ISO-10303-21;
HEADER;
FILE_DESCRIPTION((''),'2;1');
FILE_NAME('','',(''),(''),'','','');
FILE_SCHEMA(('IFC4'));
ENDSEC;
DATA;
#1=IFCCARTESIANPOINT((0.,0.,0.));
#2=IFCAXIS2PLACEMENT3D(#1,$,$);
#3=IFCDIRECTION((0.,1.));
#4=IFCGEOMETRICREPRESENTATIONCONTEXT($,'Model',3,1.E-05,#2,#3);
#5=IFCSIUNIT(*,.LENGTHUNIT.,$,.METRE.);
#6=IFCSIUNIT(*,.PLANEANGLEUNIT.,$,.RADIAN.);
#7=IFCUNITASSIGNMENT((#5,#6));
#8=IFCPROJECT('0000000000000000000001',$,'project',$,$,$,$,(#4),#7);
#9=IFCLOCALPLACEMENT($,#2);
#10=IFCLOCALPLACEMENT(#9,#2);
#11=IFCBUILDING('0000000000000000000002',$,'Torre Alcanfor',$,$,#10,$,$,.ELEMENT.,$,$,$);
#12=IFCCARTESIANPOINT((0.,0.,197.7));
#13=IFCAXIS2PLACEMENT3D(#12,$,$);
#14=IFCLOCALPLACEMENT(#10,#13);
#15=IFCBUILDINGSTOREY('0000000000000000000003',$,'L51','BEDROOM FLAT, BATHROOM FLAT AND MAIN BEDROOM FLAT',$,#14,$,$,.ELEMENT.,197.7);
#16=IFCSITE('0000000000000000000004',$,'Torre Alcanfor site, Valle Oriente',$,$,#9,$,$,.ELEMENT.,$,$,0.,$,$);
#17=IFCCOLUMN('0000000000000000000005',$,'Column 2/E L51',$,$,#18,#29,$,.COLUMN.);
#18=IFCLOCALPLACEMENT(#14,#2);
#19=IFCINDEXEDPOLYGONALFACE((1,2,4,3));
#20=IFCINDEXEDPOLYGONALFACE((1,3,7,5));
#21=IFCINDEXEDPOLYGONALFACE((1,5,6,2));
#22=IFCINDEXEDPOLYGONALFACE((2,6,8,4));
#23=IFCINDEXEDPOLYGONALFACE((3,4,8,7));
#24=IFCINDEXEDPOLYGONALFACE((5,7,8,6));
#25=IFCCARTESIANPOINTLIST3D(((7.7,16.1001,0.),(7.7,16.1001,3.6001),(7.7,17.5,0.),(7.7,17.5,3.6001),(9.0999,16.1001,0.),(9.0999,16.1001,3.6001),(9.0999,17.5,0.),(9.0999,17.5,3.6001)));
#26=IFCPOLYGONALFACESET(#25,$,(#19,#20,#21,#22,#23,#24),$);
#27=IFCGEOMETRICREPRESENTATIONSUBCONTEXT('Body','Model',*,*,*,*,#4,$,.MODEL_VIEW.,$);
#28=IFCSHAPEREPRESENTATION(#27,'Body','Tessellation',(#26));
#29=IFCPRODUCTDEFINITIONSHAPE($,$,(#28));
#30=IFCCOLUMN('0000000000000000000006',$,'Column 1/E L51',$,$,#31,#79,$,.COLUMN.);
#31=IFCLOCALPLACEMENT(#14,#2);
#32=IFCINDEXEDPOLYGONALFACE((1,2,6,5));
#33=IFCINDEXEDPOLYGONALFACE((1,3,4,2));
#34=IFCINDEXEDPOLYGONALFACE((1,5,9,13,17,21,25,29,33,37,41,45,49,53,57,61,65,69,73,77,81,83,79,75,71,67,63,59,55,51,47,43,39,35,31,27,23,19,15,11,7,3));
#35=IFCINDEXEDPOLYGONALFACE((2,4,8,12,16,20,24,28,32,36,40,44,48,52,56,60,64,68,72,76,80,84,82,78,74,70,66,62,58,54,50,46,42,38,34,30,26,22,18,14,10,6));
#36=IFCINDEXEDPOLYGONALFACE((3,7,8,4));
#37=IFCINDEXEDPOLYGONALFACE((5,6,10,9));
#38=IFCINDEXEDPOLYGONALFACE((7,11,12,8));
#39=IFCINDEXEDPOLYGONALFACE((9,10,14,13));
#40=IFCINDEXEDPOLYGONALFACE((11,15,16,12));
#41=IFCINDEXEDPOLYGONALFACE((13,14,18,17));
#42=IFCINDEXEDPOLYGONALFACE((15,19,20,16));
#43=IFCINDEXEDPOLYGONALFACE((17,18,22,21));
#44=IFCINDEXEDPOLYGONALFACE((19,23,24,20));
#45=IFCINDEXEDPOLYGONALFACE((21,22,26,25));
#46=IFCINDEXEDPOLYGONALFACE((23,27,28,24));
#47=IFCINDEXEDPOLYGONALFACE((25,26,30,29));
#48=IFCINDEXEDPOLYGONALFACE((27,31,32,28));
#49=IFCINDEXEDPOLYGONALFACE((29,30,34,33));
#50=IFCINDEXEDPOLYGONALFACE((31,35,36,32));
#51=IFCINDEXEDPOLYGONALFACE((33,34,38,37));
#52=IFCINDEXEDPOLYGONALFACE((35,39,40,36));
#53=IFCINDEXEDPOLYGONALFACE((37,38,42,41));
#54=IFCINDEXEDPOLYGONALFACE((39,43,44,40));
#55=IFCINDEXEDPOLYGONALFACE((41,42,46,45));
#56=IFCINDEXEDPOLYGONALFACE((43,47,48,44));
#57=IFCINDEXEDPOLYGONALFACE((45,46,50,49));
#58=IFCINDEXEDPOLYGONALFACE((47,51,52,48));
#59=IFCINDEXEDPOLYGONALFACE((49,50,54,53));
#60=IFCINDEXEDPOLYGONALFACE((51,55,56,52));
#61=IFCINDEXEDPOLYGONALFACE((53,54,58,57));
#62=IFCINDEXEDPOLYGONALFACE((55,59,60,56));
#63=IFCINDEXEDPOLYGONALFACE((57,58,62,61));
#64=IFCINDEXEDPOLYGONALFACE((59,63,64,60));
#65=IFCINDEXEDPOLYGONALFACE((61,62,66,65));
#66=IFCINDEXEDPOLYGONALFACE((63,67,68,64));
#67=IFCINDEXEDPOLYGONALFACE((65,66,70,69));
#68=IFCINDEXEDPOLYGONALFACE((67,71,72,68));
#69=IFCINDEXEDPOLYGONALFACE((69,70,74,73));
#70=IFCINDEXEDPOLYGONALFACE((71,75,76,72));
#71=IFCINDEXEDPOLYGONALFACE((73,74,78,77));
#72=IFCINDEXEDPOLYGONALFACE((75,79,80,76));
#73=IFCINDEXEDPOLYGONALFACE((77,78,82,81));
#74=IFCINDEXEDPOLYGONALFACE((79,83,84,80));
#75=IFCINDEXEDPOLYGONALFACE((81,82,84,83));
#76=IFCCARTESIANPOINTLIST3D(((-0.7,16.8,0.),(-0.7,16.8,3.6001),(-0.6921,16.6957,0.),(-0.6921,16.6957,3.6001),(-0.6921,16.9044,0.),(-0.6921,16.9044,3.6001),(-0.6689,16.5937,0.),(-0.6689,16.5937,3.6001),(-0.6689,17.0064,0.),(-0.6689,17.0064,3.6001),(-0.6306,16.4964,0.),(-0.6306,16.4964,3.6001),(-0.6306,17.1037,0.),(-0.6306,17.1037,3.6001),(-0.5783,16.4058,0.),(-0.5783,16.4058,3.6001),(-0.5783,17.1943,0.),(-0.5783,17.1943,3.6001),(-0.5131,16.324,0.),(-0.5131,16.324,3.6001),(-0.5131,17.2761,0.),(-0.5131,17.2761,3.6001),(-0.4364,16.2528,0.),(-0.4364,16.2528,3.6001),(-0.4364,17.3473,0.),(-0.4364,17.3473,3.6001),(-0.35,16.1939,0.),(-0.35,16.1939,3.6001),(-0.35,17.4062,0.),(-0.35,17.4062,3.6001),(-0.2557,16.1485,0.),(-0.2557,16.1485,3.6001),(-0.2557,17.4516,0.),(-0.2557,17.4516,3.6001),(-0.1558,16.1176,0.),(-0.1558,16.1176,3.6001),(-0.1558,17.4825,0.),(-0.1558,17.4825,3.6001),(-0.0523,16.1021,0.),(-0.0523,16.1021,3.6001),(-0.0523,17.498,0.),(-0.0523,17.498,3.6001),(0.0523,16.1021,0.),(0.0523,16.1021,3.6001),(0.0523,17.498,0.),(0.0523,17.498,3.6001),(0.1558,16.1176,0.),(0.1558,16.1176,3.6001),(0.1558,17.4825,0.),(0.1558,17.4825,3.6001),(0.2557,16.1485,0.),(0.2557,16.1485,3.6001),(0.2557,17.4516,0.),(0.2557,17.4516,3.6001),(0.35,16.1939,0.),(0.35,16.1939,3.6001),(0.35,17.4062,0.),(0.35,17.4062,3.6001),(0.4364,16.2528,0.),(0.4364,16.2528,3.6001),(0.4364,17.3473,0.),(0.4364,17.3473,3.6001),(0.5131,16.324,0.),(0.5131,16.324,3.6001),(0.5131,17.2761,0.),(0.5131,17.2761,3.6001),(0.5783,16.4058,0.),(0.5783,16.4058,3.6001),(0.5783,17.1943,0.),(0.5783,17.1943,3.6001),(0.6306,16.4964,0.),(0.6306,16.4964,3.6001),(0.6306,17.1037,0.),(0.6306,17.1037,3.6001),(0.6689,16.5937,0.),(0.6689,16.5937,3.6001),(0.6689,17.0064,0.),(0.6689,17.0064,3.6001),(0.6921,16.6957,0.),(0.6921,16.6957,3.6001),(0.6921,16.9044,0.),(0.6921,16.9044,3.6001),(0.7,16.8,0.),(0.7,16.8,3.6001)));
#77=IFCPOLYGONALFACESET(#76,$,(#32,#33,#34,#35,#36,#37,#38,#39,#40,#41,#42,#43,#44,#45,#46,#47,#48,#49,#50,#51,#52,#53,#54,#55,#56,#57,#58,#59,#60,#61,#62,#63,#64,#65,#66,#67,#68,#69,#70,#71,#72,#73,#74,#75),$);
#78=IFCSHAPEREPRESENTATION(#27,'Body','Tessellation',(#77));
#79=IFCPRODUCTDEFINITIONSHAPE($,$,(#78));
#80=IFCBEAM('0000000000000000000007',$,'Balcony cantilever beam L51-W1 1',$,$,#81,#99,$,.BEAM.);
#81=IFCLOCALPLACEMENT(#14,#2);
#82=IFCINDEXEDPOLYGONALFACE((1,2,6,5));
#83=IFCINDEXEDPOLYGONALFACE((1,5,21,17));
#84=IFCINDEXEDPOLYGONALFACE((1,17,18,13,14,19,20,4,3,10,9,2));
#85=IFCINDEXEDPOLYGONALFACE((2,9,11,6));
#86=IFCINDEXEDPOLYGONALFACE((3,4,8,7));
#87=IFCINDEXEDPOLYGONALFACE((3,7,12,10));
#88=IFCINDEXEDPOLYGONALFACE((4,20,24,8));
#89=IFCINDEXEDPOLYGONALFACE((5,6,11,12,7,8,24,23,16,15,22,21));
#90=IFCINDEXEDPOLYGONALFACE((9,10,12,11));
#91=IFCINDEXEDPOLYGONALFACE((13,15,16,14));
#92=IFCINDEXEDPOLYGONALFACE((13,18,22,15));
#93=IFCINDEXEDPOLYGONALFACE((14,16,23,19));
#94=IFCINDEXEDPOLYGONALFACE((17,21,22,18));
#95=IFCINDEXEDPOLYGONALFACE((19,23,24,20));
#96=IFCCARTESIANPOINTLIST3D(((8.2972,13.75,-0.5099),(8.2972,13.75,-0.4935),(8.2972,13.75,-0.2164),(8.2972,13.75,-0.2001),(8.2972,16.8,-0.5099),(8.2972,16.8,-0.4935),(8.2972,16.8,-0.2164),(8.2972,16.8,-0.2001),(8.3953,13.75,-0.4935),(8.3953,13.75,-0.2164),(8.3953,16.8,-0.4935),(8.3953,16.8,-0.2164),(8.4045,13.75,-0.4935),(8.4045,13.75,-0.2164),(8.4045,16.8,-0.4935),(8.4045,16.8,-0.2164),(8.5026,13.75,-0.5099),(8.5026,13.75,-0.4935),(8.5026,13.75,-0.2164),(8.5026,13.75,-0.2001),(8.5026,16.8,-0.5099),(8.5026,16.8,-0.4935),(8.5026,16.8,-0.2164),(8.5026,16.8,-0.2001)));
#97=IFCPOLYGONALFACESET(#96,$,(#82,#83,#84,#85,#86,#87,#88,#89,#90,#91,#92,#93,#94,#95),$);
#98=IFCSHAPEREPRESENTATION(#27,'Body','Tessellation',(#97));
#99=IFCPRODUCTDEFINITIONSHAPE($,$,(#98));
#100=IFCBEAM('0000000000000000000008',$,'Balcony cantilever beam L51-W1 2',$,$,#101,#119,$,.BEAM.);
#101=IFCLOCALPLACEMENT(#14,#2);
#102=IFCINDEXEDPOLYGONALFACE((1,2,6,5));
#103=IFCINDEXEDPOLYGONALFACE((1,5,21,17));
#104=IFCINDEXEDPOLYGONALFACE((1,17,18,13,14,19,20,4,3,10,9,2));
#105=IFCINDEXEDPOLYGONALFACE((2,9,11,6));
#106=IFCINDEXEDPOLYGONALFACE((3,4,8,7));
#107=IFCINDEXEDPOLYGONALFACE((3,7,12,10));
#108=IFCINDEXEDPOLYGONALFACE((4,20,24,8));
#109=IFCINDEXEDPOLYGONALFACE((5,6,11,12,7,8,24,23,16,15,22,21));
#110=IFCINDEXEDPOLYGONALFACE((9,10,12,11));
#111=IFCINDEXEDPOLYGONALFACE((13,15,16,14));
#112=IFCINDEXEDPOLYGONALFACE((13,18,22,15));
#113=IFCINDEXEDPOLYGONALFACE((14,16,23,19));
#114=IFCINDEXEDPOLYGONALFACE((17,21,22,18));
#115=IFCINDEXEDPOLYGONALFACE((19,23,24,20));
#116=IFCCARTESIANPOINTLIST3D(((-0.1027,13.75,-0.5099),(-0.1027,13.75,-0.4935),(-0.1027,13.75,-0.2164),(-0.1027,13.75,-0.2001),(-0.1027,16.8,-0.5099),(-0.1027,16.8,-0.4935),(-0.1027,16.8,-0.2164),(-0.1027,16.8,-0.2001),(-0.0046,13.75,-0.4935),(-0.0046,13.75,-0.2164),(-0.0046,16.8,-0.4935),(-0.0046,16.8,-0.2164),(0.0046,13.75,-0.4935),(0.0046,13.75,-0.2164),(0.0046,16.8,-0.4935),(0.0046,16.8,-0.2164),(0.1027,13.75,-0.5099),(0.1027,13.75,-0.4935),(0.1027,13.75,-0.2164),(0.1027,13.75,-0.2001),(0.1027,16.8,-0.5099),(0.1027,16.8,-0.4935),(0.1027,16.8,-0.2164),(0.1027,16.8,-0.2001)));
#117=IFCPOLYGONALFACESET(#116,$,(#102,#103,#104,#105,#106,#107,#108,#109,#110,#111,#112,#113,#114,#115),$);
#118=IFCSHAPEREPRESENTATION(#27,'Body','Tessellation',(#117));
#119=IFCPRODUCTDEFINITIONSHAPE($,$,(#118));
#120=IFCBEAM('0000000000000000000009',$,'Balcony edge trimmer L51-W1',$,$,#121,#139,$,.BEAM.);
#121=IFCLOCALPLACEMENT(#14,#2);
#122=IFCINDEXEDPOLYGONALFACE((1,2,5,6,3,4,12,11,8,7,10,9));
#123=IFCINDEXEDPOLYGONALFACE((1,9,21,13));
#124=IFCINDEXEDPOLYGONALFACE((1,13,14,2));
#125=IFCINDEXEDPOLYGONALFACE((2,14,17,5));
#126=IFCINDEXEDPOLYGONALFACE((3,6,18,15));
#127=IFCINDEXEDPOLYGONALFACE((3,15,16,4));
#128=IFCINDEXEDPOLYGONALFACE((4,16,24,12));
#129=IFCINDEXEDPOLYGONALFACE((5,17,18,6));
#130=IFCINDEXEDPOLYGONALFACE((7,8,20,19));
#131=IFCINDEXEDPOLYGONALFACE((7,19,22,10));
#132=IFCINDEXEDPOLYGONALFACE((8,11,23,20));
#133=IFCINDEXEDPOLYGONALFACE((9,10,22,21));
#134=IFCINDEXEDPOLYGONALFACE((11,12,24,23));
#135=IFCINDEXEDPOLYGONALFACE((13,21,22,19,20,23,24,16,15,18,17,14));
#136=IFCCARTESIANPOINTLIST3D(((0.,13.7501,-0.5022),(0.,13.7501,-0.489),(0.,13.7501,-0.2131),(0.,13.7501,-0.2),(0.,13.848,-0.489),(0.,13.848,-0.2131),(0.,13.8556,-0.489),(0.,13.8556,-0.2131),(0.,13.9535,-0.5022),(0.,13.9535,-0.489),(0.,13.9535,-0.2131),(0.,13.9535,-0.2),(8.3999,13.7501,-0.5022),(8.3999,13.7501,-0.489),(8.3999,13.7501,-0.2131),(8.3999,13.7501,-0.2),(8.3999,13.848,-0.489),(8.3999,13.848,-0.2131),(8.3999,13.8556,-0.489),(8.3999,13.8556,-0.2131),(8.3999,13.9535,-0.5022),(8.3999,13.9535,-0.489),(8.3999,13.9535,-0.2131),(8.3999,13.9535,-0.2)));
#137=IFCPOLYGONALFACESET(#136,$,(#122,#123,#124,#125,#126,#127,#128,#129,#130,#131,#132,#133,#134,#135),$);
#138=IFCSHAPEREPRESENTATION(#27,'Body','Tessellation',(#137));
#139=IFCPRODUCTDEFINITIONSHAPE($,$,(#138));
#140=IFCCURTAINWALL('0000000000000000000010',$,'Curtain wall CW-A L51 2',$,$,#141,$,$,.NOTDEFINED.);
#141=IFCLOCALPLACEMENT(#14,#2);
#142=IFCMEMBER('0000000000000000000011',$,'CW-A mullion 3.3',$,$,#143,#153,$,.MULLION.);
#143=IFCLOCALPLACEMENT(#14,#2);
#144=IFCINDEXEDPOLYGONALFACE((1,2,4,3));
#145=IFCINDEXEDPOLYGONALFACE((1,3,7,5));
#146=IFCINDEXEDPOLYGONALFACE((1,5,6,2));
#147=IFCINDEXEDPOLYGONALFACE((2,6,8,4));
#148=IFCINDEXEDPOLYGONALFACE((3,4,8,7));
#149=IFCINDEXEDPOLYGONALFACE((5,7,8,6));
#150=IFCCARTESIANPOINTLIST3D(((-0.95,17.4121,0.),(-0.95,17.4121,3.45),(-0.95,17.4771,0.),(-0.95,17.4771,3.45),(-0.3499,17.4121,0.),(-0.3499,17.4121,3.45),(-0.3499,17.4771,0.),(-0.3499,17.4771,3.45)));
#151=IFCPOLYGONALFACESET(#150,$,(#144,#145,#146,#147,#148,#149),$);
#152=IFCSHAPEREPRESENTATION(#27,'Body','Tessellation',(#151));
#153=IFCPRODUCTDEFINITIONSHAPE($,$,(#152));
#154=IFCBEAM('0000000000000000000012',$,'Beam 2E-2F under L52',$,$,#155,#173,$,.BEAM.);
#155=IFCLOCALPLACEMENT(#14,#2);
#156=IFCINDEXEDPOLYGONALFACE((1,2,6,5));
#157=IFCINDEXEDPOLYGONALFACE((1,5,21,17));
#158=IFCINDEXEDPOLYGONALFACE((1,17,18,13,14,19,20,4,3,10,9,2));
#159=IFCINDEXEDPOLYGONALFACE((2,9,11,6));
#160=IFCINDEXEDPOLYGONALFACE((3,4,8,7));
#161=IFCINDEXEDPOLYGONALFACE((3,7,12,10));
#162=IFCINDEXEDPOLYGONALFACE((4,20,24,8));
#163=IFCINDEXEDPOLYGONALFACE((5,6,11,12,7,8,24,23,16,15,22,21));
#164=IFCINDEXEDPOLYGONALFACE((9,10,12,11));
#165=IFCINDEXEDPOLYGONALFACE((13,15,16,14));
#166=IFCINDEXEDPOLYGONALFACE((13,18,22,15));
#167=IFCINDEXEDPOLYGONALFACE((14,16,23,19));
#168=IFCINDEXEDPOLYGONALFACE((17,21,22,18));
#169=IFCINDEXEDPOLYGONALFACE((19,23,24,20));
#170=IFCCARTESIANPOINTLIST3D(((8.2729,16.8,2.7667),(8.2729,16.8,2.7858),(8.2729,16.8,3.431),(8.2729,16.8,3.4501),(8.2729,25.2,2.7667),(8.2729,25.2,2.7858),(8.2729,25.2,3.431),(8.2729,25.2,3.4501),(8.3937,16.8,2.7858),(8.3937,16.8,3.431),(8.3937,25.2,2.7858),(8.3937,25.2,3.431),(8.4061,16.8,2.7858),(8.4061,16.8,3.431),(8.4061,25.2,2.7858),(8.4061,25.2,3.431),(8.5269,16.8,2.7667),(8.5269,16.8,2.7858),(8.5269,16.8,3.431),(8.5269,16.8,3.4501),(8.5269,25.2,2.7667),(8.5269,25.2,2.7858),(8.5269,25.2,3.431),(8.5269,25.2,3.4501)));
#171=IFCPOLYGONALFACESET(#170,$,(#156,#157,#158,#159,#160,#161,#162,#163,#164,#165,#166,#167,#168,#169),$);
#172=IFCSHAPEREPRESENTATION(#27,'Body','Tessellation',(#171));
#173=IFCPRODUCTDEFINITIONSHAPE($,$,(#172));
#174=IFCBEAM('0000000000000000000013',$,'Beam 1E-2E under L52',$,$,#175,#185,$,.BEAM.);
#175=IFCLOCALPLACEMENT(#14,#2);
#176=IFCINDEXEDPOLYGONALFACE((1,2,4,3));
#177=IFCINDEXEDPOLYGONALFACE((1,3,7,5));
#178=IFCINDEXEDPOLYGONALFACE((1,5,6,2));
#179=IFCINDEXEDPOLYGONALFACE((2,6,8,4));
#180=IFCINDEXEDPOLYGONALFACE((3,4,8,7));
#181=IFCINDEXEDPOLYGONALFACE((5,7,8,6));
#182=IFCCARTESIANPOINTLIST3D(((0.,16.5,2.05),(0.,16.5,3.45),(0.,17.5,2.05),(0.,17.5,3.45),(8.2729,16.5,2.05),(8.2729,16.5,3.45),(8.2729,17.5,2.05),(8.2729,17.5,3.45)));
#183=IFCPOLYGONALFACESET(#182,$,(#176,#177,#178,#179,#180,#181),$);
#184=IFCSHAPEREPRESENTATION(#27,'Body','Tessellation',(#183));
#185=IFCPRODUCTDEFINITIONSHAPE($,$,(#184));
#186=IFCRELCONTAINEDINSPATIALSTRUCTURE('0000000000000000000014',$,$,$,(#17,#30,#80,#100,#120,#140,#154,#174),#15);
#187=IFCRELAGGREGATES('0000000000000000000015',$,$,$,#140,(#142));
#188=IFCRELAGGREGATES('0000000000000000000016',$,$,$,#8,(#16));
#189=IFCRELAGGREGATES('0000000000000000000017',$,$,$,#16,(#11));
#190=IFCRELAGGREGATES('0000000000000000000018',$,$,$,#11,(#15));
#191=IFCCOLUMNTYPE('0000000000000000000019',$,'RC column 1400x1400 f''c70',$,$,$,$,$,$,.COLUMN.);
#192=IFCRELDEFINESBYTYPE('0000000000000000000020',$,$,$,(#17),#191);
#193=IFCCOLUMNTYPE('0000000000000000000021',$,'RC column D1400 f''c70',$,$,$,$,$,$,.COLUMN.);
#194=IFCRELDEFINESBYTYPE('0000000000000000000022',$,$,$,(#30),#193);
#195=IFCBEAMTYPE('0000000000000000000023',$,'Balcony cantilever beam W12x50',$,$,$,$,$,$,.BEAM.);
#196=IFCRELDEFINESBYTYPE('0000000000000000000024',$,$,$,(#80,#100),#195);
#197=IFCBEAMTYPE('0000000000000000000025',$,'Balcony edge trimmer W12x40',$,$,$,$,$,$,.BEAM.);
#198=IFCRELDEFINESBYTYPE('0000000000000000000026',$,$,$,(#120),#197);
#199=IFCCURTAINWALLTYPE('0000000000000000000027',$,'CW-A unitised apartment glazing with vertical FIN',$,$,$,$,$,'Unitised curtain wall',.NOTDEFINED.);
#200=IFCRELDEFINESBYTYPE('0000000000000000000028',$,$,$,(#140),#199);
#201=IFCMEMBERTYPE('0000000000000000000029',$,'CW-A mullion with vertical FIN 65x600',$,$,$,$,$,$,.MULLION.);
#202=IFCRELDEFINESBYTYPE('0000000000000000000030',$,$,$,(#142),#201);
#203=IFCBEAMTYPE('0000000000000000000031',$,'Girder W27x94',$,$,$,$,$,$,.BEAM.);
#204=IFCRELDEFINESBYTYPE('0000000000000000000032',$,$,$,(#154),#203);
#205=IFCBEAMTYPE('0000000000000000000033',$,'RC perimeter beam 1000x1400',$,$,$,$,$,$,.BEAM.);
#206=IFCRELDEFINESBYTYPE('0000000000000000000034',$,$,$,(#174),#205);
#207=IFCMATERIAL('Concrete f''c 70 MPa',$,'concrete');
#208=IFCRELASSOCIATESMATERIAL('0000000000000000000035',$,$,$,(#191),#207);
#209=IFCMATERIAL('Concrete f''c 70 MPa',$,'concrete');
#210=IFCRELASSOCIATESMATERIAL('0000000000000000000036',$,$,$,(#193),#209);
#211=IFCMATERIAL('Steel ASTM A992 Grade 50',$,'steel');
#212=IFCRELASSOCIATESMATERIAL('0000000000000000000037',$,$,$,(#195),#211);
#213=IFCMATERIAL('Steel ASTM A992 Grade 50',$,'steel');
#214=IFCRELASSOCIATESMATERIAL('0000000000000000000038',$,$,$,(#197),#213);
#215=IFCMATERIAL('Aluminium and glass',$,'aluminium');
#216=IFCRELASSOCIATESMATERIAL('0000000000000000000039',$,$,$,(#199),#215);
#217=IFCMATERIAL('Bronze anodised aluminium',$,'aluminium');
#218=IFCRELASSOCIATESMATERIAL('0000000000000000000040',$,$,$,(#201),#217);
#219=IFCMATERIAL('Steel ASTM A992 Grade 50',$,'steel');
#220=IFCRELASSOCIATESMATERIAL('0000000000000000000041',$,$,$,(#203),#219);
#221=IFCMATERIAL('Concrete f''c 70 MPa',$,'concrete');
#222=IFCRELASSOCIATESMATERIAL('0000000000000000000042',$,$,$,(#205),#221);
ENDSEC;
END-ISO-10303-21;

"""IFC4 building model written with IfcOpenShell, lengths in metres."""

from ifc_helpers import new_model, si_unit, direction, frame, origin, origin_2d, place, context, subcontext, project, spatial, rectangle, circle, i_section, extrude, material, material_profile, profile_set, type_object, element, aggregate, save


model = new_model("IFC4")

# Units and contexts
model_context = context("Model", 3, precision=1e-05, world=origin(), true_north=direction((0.0, 1.0)))
body_context = subcontext(model_context, "Body", "Model", "MODEL_VIEW")
ifc_project = project(units=[si_unit("LENGTHUNIT", "METRE"), si_unit("PLANEANGLEUNIT", "RADIAN")], contexts=[model_context])

# Site, building, storey
site_placement = place(None, origin())
site = spatial("IfcSite", under=ifc_project, at=site_placement, Name="Torre Alcanfor site, Valle Oriente", CompositionType="ELEMENT", RefElevation=0.0)
building_placement = place(site_placement, origin())
building = spatial("IfcBuilding", under=site, at=building_placement, Name="Torre Alcanfor", CompositionType="ELEMENT")
storey_placement = place(building_placement, frame((0.0, 0.0, 197.7)))
storey = spatial("IfcBuildingStorey", under=building, at=storey_placement, Name="L51", Description="BEDROOM FLAT, BATHROOM FLAT AND MAIN BEDROOM FLAT", CompositionType="ELEMENT", Elevation=197.7)

# Columns
ifc_material_1 = material(Name="Concrete f'c 70 MPa", Category="concrete")
ifc_material_profile_1 = material_profile(ifc_material_1, rectangle(XDim=1.3999, YDim=1.3999, at=origin_2d()), Name="1400x1400")
ifc_profile_set_1 = profile_set([ifc_material_profile_1], Name="Concrete f'c 70 MPa")
column_type_1 = type_object("IfcColumnType", Name="RC column 1400x1400 f'c70", PredefinedType="COLUMN", material=ifc_profile_set_1)
column_1_placement = place(storey_placement, frame((8.3999, 16.8, 0.0), z_axis=(0.0, 0.0, 1.0), x_axis=(1.0, 0.0, 0.0)))
element("IfcColumn", 1, at=column_1_placement, inside=storey, type_object=column_type_1, Name="Column 2/E L51", PredefinedType="COLUMN", context=body_context, shape_type="SweptSolid", body=[
    extrude(rectangle(XDim=1.3999, YDim=1.3999, at=origin_2d()), origin(), (0.0, 0.0, 1.0), 3.6001),
])
ifc_material_2 = material(Name="Concrete f'c 70 MPa", Category="concrete")
ifc_material_profile_2 = material_profile(ifc_material_2, circle(Radius=0.7, at=origin_2d()), Name="D1400")
ifc_profile_set_2 = profile_set([ifc_material_profile_2], Name="Concrete f'c 70 MPa")
column_type_2 = type_object("IfcColumnType", Name="RC column D1400 f'c70", PredefinedType="COLUMN", material=ifc_profile_set_2)
column_2_placement = place(storey_placement, frame((0.0, 16.8, 0.0), z_axis=(0.0, 0.0, 1.0), x_axis=(1.0, 0.0, 0.0)))
element("IfcColumn", 2, at=column_2_placement, inside=storey, type_object=column_type_2, Name="Column 1/E L51", PredefinedType="COLUMN", context=body_context, shape_type="SweptSolid", body=[
    extrude(circle(Radius=0.7, at=origin_2d()), origin(), (0.0, 0.0, 1.0), 3.6001),
])

# Beams
ifc_material_3 = material(Name="Steel ASTM A992 Grade 50", Category="steel")
ifc_material_profile_3 = material_profile(ifc_material_3, i_section(OverallWidth=0.2053, OverallDepth=0.3098, WebThickness=0.0093, FlangeThickness=0.0164, at=origin_2d()), Name="W12x50")
ifc_profile_set_3 = profile_set([ifc_material_profile_3], Name="Steel ASTM A992 Grade 50")
beam_type_1 = type_object("IfcBeamType", Name="Balcony cantilever beam W12x50", PredefinedType="BEAM", material=ifc_profile_set_3)
for number, where, z_axis, x_axis, name in (
    (3, (8.3999, 16.8, -0.355), (0.0, -1.0, 0.0), (1.0, 0.0, 0.0), "Balcony cantilever beam L51-W1 1"),
    (4, (0.0, 16.8, -0.355), (0.0, -1.0, 0.0), (1.0, 0.0, 0.0), "Balcony cantilever beam L51-W1 2"),
):
    element("IfcBeam", number, at=place(storey_placement, frame(where, z_axis=z_axis, x_axis=x_axis)), inside=storey, type_object=beam_type_1, Name=name, PredefinedType="BEAM", context=body_context, shape_type="SweptSolid", body=[
        extrude(i_section(OverallWidth=0.2053, OverallDepth=0.3098, WebThickness=0.0093, FlangeThickness=0.0164, at=origin_2d()), origin(), (0.0, 0.0, 1.0), 3.05),
    ])
ifc_material_4 = material(Name="Steel ASTM A992 Grade 50", Category="steel")
ifc_material_profile_4 = material_profile(ifc_material_4, i_section(OverallWidth=0.2034, OverallDepth=0.3022, WebThickness=0.0076, FlangeThickness=0.0132, at=origin_2d()), Name="W12x40")
ifc_profile_set_4 = profile_set([ifc_material_profile_4], Name="Steel ASTM A992 Grade 50")
beam_type_2 = type_object("IfcBeamType", Name="Balcony edge trimmer W12x40", PredefinedType="BEAM", material=ifc_profile_set_4)
beam_1_placement = place(storey_placement, frame((8.3999, 13.8518, -0.3511), z_axis=(-1.0, 0.0, 0.0), x_axis=(0.0, -1.0, 0.0)))
element("IfcBeam", 5, at=beam_1_placement, inside=storey, type_object=beam_type_2, Name="Balcony edge trimmer L51-W1", PredefinedType="BEAM", context=body_context, shape_type="SweptSolid", body=[
    extrude(i_section(OverallWidth=0.2034, OverallDepth=0.3022, WebThickness=0.0076, FlangeThickness=0.0132, at=origin_2d()), origin(), (0.0, 0.0, 1.0), 8.3999),
])

# Curtain wall, member
ifc_material_5 = material(Name="Aluminium and glass", Category="aluminium")
curtain_wall_type = type_object("IfcCurtainWallType", Name="CW-A unitised apartment glazing with vertical FIN", ElementType="Unitised curtain wall", PredefinedType="NOTDEFINED", material=ifc_material_5)
curtain_wall_placement = place(storey_placement, origin())
curtain_wall = element("IfcCurtainWall", 6, at=curtain_wall_placement, inside=storey, type_object=curtain_wall_type, Name="Curtain wall CW-A L51 2", PredefinedType="NOTDEFINED")
ifc_material_6 = material(Name="Bronze anodised aluminium", Category="aluminium")
ifc_material_profile_5 = material_profile(ifc_material_6, rectangle(XDim=0.6001, YDim=0.0649, at=origin_2d()), Name="CW-A mullion 65x600")
ifc_profile_set_5 = profile_set([ifc_material_profile_5], Name="Bronze anodised aluminium")
member_type = type_object("IfcMemberType", Name="CW-A mullion with vertical FIN 65x600", PredefinedType="MULLION", material=ifc_profile_set_5)
member_placement = place(storey_placement, frame((-0.6499, 17.4446, 0.0), z_axis=(0.0, 0.0, 1.0), x_axis=(1.0, 0.0, 0.0)))
member = element("IfcMember", 7, at=member_placement, type_object=member_type, Name="CW-A mullion 3.3", PredefinedType="MULLION", context=body_context, shape_type="SweptSolid", body=[
    extrude(rectangle(XDim=0.6001, YDim=0.0649, at=origin_2d()), origin(), (0.0, 0.0, 1.0), 3.45),
])

# Beams
ifc_material_7 = material(Name="Steel ASTM A992 Grade 50", Category="steel")
ifc_material_profile_6 = material_profile(ifc_material_7, i_section(OverallWidth=0.2539, OverallDepth=0.6833, WebThickness=0.0125, FlangeThickness=0.019, at=origin_2d()), Name="W27x94")
ifc_profile_set_6 = profile_set([ifc_material_profile_6], Name="Steel ASTM A992 Grade 50")
beam_type_3 = type_object("IfcBeamType", Name="Girder W27x94", PredefinedType="BEAM", material=ifc_profile_set_6)
beam_2_placement = place(storey_placement, frame((8.3999, 16.8, 3.1084), z_axis=(0.0, 1.0, 0.0), x_axis=(-1.0, 0.0, 0.0)))
element("IfcBeam", 8, at=beam_2_placement, inside=storey, type_object=beam_type_3, Name="Beam 2E-2F under L52", PredefinedType="BEAM", context=body_context, shape_type="SweptSolid", body=[
    extrude(i_section(OverallWidth=0.2539, OverallDepth=0.6833, WebThickness=0.0125, FlangeThickness=0.019, at=origin_2d()), origin(), (0.0, 0.0, 1.0), 8.3999),
])
ifc_material_8 = material(Name="Concrete f'c 70 MPa", Category="concrete")
ifc_material_profile_7 = material_profile(ifc_material_8, rectangle(XDim=1.0, YDim=1.3999, at=origin_2d()), Name="1000x1400")
ifc_profile_set_7 = profile_set([ifc_material_profile_7], Name="Concrete f'c 70 MPa")
beam_type_4 = type_object("IfcBeamType", Name="RC perimeter beam 1000x1400", PredefinedType="BEAM", material=ifc_profile_set_7)
beam_3_placement = place(storey_placement, frame((0.0, 17.0, 2.75), z_axis=(1.0, 0.0, 0.0), x_axis=(0.0, 1.0, 0.0)))
element("IfcBeam", 9, at=beam_3_placement, inside=storey, type_object=beam_type_4, Name="Beam 1E-2E under L52", PredefinedType="BEAM", context=body_context, shape_type="SweptSolid", body=[
    extrude(rectangle(XDim=1.0, YDim=1.3999, at=origin_2d()), origin(), (0.0, 0.0, 1.0), 8.2729),
])

aggregate(curtain_wall, [member])

save(model, "model.ifc")
